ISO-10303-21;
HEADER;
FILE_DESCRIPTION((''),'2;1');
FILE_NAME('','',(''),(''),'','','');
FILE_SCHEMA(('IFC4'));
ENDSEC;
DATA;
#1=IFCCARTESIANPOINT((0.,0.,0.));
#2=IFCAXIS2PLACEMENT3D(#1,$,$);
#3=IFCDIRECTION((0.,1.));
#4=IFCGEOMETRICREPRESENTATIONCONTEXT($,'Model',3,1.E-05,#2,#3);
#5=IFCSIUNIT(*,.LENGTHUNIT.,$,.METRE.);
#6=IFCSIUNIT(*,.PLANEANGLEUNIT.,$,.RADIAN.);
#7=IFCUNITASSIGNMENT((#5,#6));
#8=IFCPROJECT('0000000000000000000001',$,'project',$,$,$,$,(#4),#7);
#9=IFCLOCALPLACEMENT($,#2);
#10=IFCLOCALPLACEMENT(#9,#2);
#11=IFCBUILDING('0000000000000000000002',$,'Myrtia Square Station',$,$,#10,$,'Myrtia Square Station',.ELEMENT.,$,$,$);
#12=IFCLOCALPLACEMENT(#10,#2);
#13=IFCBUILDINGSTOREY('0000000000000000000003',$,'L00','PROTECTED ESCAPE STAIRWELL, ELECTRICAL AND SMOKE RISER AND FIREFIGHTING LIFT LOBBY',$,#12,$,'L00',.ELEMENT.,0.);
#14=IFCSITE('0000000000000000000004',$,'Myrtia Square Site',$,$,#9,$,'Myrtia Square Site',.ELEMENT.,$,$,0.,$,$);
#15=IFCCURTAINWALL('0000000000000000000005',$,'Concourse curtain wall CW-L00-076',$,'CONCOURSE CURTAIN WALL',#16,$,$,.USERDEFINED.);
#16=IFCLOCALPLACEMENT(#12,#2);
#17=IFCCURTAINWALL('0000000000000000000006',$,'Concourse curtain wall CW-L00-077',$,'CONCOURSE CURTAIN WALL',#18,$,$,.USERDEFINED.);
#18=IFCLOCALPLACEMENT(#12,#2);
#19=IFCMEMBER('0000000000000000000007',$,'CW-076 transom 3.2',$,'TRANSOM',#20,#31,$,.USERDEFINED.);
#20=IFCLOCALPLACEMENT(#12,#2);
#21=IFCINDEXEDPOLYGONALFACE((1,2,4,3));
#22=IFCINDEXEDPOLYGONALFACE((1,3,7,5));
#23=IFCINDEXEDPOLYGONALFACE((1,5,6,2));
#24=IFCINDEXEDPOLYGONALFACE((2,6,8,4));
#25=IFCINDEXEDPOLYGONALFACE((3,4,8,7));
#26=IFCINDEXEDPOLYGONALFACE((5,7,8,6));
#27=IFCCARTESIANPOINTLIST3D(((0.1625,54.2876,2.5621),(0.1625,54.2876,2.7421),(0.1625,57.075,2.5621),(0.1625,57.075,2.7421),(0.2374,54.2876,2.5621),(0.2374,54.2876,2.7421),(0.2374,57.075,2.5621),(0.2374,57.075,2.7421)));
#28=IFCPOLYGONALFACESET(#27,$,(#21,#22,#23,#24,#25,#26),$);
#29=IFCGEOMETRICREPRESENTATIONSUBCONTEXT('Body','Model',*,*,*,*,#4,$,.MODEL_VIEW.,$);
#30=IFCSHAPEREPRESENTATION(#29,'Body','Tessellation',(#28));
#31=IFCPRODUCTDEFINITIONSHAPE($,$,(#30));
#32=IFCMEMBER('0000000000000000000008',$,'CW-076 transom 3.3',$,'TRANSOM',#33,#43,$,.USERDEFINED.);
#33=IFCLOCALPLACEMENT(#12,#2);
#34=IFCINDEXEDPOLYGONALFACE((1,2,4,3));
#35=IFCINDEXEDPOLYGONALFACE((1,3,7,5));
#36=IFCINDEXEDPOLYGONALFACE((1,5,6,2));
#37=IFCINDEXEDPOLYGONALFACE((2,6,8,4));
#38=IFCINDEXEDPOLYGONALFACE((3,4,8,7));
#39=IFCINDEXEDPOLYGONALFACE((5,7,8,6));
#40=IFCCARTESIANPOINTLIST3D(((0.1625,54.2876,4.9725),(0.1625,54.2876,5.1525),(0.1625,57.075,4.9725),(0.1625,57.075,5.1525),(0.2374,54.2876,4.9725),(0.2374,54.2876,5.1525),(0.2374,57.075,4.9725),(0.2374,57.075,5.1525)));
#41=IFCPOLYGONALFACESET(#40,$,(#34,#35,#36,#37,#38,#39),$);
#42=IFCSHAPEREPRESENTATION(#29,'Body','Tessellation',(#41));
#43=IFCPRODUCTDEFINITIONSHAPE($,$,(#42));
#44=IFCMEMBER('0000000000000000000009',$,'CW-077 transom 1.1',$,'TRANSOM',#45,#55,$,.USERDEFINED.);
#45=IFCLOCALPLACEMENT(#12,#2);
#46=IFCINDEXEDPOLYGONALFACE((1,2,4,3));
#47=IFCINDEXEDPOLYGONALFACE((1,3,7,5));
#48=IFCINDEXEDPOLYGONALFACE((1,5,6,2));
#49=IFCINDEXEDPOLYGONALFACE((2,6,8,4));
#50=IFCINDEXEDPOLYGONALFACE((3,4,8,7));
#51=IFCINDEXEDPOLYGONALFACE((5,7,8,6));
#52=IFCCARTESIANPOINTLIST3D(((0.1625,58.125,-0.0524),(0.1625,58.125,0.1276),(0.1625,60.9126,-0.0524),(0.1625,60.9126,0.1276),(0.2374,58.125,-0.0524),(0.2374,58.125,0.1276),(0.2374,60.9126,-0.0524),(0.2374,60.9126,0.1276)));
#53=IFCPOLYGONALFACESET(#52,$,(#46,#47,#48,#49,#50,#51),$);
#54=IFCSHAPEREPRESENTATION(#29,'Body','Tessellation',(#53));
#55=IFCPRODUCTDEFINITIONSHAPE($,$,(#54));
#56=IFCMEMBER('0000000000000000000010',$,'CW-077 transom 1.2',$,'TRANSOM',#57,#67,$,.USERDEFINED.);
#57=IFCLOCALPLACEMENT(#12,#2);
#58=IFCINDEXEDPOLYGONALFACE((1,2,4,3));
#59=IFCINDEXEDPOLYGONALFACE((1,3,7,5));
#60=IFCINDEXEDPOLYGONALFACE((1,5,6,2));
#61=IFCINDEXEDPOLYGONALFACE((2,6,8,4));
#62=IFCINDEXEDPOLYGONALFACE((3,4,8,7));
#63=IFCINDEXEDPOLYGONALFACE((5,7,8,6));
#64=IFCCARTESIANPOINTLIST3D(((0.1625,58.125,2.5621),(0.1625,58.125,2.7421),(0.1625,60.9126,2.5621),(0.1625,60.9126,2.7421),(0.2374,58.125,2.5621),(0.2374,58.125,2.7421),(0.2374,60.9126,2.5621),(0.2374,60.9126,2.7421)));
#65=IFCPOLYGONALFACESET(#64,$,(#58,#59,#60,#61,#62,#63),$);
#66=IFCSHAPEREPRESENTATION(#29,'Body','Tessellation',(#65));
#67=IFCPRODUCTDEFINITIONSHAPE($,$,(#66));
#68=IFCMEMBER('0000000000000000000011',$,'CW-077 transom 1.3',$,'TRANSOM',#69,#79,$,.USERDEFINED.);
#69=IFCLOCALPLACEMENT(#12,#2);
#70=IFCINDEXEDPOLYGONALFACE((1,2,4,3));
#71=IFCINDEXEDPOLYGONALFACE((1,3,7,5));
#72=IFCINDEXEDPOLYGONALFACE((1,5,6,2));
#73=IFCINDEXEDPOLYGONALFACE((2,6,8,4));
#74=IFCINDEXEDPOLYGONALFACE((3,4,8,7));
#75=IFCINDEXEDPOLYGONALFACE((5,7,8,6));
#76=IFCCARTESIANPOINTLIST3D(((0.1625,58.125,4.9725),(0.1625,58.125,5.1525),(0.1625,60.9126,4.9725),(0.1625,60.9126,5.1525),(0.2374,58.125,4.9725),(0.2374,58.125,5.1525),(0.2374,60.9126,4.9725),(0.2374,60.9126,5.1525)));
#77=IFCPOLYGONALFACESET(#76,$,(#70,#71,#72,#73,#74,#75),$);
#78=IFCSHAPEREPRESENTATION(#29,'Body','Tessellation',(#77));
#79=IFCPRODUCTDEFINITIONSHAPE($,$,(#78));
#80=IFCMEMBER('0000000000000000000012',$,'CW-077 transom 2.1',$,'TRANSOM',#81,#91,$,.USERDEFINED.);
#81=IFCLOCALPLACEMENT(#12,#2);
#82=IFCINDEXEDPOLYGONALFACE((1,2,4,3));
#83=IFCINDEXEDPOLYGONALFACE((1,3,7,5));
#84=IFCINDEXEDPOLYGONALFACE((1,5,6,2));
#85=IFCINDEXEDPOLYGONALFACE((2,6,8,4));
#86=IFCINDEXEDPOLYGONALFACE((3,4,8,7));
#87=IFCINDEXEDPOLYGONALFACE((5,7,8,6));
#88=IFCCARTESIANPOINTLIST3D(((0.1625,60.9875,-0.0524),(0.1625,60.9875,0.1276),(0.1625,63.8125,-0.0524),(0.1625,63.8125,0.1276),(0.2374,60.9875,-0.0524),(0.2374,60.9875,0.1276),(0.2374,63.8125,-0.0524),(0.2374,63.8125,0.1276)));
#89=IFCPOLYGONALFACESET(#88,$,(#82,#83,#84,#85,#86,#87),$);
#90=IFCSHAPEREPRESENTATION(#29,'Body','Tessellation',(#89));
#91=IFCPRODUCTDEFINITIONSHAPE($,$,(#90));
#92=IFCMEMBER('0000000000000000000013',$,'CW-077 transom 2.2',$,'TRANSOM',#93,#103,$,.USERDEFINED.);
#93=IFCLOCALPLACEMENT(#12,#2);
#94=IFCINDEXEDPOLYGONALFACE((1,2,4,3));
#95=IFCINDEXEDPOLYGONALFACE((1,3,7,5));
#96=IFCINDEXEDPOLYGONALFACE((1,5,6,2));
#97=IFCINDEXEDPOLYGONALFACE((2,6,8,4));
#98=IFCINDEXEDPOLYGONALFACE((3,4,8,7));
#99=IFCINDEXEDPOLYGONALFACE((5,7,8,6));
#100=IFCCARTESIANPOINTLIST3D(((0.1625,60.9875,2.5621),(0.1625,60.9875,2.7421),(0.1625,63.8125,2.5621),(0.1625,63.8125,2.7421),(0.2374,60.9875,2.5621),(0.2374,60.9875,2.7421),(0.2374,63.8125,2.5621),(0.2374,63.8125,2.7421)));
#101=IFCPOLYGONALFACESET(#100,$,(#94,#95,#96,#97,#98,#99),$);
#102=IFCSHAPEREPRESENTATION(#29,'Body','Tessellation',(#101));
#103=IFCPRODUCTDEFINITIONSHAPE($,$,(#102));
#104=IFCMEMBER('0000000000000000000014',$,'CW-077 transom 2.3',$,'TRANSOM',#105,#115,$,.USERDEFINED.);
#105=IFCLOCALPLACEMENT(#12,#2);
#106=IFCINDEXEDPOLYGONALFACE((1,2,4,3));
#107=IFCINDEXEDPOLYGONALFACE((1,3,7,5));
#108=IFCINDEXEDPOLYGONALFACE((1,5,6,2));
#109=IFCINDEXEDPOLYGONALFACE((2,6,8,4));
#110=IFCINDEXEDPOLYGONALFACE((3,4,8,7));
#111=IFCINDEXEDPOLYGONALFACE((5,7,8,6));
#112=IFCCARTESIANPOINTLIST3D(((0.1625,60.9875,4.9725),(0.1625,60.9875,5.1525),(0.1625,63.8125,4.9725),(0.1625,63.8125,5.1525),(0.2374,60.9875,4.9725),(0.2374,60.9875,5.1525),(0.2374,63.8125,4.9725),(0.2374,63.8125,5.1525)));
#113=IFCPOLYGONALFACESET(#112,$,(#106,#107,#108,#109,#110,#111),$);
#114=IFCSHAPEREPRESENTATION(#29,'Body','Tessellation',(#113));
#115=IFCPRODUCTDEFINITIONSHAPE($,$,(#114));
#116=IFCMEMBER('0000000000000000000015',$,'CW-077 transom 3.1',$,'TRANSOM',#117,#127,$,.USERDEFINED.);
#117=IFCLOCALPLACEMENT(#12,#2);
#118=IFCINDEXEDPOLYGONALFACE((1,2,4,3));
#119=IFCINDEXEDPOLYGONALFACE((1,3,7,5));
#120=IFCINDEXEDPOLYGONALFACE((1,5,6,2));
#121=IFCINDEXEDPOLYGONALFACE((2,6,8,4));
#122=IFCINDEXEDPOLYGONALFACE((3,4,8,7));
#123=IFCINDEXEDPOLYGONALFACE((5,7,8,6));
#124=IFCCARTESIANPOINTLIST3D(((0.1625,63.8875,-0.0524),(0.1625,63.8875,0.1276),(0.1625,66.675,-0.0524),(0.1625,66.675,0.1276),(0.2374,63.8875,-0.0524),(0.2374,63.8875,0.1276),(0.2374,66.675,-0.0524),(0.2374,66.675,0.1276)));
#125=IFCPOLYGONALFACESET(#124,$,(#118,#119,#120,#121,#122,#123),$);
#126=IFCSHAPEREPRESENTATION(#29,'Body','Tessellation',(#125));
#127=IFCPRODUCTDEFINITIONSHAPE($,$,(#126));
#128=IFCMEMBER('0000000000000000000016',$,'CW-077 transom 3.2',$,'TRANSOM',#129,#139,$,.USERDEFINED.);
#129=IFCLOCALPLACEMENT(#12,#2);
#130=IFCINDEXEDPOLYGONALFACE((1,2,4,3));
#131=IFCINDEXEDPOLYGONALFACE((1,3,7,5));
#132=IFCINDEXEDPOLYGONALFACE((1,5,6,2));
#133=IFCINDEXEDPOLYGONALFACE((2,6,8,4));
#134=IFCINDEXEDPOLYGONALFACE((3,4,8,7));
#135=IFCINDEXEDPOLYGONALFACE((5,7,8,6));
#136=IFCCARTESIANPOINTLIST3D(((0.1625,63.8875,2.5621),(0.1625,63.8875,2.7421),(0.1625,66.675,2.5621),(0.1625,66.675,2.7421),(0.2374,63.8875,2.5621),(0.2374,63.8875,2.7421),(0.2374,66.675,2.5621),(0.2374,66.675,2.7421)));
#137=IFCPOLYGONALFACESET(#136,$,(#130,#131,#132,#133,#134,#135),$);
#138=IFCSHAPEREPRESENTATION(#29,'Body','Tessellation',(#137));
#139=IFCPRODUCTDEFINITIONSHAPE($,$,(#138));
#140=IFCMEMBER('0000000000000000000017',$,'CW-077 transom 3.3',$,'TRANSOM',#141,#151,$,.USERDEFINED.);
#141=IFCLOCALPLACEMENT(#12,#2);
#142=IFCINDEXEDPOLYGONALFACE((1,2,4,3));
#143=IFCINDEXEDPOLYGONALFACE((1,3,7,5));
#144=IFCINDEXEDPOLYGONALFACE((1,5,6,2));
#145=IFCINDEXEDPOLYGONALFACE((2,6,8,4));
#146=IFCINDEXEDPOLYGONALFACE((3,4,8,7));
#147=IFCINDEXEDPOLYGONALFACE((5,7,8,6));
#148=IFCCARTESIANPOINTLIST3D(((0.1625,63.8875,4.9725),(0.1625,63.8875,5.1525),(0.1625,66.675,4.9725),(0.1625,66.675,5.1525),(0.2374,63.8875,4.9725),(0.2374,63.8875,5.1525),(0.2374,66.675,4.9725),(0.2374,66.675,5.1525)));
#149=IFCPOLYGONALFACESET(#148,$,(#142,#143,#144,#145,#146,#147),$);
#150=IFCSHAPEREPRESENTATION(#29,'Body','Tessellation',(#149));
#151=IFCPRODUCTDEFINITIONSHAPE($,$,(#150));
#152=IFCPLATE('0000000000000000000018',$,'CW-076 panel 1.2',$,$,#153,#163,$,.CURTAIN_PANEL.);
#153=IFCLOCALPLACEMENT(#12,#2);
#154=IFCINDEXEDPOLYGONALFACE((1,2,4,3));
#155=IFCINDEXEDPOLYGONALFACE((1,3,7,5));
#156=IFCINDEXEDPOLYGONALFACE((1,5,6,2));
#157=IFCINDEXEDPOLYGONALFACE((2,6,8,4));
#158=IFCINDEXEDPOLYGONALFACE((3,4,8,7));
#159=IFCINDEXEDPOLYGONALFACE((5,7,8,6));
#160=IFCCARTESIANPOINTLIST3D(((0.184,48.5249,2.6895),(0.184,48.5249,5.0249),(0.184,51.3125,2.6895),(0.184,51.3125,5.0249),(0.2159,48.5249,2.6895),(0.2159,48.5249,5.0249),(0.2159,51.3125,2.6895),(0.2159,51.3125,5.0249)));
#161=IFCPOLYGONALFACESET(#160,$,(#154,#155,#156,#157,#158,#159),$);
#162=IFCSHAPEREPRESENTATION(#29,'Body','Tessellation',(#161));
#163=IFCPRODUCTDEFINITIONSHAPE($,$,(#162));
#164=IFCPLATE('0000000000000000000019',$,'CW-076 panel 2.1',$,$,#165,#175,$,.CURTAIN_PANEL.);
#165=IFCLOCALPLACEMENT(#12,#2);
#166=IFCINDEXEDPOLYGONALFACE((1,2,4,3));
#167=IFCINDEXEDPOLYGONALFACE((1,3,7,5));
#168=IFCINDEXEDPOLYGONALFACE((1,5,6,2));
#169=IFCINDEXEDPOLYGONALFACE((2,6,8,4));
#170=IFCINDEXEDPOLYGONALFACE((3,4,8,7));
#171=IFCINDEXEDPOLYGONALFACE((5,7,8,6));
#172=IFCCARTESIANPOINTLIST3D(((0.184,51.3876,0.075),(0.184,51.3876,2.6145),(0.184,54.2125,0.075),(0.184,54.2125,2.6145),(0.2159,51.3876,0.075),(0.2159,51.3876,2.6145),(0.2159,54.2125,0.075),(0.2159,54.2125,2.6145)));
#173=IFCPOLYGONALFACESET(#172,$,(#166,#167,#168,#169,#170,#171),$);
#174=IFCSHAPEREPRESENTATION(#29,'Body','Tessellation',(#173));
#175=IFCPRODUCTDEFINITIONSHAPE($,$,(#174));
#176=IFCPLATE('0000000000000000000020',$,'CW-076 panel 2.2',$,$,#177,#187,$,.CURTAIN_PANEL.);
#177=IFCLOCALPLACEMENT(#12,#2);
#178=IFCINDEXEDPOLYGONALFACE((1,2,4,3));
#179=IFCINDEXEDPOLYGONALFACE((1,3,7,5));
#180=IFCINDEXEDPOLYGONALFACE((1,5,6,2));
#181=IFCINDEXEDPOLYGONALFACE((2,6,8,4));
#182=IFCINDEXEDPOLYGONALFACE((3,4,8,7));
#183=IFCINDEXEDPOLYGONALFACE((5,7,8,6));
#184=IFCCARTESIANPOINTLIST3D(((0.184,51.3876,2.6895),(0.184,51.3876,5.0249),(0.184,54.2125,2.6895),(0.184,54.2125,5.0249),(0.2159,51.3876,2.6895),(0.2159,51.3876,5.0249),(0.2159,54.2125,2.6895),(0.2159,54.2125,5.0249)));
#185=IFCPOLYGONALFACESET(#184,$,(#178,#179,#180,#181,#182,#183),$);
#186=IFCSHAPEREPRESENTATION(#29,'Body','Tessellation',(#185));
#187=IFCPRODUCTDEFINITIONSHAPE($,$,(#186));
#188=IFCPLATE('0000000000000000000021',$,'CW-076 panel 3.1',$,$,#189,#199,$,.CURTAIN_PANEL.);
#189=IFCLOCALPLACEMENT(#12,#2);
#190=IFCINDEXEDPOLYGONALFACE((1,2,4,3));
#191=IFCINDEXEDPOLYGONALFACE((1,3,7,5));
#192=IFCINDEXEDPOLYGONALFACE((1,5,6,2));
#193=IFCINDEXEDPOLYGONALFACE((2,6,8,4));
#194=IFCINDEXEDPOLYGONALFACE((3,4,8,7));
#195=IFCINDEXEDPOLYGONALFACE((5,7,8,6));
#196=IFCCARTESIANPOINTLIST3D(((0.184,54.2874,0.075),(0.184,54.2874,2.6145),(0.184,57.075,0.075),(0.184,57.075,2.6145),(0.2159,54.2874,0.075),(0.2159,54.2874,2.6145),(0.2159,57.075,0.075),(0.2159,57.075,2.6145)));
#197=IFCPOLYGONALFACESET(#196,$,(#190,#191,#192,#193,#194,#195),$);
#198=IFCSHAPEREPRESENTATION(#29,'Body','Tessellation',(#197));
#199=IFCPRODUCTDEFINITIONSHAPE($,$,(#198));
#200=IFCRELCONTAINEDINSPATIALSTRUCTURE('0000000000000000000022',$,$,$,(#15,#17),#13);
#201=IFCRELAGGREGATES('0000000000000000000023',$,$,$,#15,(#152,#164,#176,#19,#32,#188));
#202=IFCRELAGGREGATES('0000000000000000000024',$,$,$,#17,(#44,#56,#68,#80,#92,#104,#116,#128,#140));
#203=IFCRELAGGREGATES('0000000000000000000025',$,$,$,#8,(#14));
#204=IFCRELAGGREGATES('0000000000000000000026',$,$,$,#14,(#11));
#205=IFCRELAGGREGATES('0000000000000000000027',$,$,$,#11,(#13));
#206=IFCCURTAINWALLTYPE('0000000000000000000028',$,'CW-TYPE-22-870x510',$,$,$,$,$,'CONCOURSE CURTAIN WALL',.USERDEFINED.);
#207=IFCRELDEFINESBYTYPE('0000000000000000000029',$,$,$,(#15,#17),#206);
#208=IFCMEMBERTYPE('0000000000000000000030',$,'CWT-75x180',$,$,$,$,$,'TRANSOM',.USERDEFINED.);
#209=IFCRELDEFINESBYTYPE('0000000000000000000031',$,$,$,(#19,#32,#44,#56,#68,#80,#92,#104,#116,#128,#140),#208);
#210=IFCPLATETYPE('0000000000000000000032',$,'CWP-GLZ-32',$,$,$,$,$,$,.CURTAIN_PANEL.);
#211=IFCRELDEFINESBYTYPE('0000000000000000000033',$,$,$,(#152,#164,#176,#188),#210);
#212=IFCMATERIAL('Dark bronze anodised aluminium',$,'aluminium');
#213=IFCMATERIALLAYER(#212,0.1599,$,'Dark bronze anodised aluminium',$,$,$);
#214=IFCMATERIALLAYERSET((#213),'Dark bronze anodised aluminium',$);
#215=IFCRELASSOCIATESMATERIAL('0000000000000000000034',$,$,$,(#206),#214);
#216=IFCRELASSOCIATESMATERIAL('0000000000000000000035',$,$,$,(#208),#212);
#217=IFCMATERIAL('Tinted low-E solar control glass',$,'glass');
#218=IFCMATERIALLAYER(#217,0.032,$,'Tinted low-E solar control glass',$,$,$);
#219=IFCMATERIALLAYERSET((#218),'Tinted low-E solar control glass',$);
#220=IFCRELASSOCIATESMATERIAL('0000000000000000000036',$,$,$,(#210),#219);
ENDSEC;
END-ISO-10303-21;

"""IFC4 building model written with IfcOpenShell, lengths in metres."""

from ifc_helpers import new_model, si_unit, direction, frame, origin, origin_2d, place, context, subcontext, project, spatial, rectangle, extrude, material, layer, layer_set, material_profile, profile_set, type_object, element, aggregate, save


model = new_model("IFC4")

# Units and contexts
model_context = context("Model", 3, precision=1e-05, world=origin(), true_north=direction((0.0, 1.0)))
body_context = subcontext(model_context, "Body", "Model", "MODEL_VIEW")
ifc_project = project(units=[si_unit("LENGTHUNIT", "METRE"), si_unit("PLANEANGLEUNIT", "RADIAN")], contexts=[model_context])

# Site, building, storey
site_placement = place(None, origin())
site = spatial("IfcSite", under=ifc_project, at=site_placement, Name="Myrtia Square Site", LongName="Myrtia Square Site", CompositionType="ELEMENT", RefElevation=0.0)
building_placement = place(site_placement, origin())
building = spatial("IfcBuilding", under=site, at=building_placement, Name="Myrtia Square Station", LongName="Myrtia Square Station", CompositionType="ELEMENT")
storey_placement = place(building_placement, origin())
storey = spatial("IfcBuildingStorey", under=building, at=storey_placement, Name="L00", Description="PROTECTED ESCAPE STAIRWELL, ELECTRICAL AND SMOKE RISER AND FIREFIGHTING LIFT LOBBY", LongName="L00", CompositionType="ELEMENT", Elevation=0.0)

# Curtain walls
ifc_material_1 = material(Name="Dark bronze anodised aluminium", Category="aluminium")
ifc_layer_1 = layer(ifc_material_1, 0.1599, Name="Dark bronze anodised aluminium")
ifc_layer_set_1 = layer_set([ifc_layer_1], Name="Dark bronze anodised aluminium")
curtain_wall_type = type_object("IfcCurtainWallType", Name="CW-TYPE-22-870x510", ElementType="CONCOURSE CURTAIN WALL", PredefinedType="USERDEFINED", material=ifc_layer_set_1)
curtain_wall_1_placement = place(storey_placement, origin())
curtain_wall_1 = element("IfcCurtainWall", 1, at=curtain_wall_1_placement, inside=storey, type_object=curtain_wall_type, Name="Concourse curtain wall CW-L00-076", ObjectType="CONCOURSE CURTAIN WALL", PredefinedType="USERDEFINED")
curtain_wall_2_placement = place(storey_placement, origin())
curtain_wall_2 = element("IfcCurtainWall", 2, at=curtain_wall_2_placement, inside=storey, type_object=curtain_wall_type, Name="Concourse curtain wall CW-L00-077", ObjectType="CONCOURSE CURTAIN WALL", PredefinedType="USERDEFINED")

# Members
ifc_material_profile_1 = material_profile(ifc_material_1, rectangle(XDim=0.075, YDim=0.1799, at=origin_2d()), Name="ALU-T 75x180")
ifc_profile_set_1 = profile_set([ifc_material_profile_1], Name="Dark bronze anodised aluminium")
member_type_1 = type_object("IfcMemberType", Name="CWT-75x180", ElementType="TRANSOM", PredefinedType="USERDEFINED", material=ifc_profile_set_1)
member_1_placement = place(storey_placement, frame((0.2, 54.2876, 2.6521), z_axis=(0.0, 1.0, 0.0), x_axis=(-1.0, 0.0, 0.0)))
member_1 = element("IfcMember", 3, at=member_1_placement, type_object=member_type_1, Name="CW-076 transom 3.2", ObjectType="TRANSOM", PredefinedType="USERDEFINED", context=body_context, shape_type="SweptSolid", body=[
    extrude(rectangle(XDim=0.075, YDim=0.1799, at=origin_2d()), origin(), (0.0, 0.0, 1.0), 2.7874),
])
member_2_placement = place(storey_placement, frame((0.2, 54.2876, 5.0625), z_axis=(0.0, 1.0, 0.0), x_axis=(-1.0, 0.0, 0.0)))
member_2 = element("IfcMember", 4, at=member_2_placement, type_object=member_type_1, Name="CW-076 transom 3.3", ObjectType="TRANSOM", PredefinedType="USERDEFINED", context=body_context, shape_type="SweptSolid", body=[
    extrude(rectangle(XDim=0.075, YDim=0.1799, at=origin_2d()), origin(), (0.0, 0.0, 1.0), 2.7874),
])
member_3_placement = place(storey_placement, frame((0.2, 58.125, 0.0376), z_axis=(0.0, 1.0, 0.0), x_axis=(-1.0, 0.0, 0.0)))
member_3 = element("IfcMember", 5, at=member_3_placement, type_object=member_type_1, Name="CW-077 transom 1.1", ObjectType="TRANSOM", PredefinedType="USERDEFINED", context=body_context, shape_type="SweptSolid", body=[
    extrude(rectangle(XDim=0.075, YDim=0.1799, at=origin_2d()), origin(), (0.0, 0.0, 1.0), 2.7876),
])
member_4_placement = place(storey_placement, frame((0.2, 58.125, 2.6521), z_axis=(0.0, 1.0, 0.0), x_axis=(-1.0, 0.0, 0.0)))
member_4 = element("IfcMember", 6, at=member_4_placement, type_object=member_type_1, Name="CW-077 transom 1.2", ObjectType="TRANSOM", PredefinedType="USERDEFINED", context=body_context, shape_type="SweptSolid", body=[
    extrude(rectangle(XDim=0.075, YDim=0.1799, at=origin_2d()), origin(), (0.0, 0.0, 1.0), 2.7876),
])
member_5_placement = place(storey_placement, frame((0.2, 58.125, 5.0625), z_axis=(0.0, 1.0, 0.0), x_axis=(-1.0, 0.0, 0.0)))
member_5 = element("IfcMember", 7, at=member_5_placement, type_object=member_type_1, Name="CW-077 transom 1.3", ObjectType="TRANSOM", PredefinedType="USERDEFINED", context=body_context, shape_type="SweptSolid", body=[
    extrude(rectangle(XDim=0.075, YDim=0.1799, at=origin_2d()), origin(), (0.0, 0.0, 1.0), 2.7876),
])
member_6_placement = place(storey_placement, frame((0.2, 60.9875, 0.0376), z_axis=(0.0, 1.0, 0.0), x_axis=(-1.0, 0.0, 0.0)))
member_6 = element("IfcMember", 8, at=member_6_placement, type_object=member_type_1, Name="CW-077 transom 2.1", ObjectType="TRANSOM", PredefinedType="USERDEFINED", context=body_context, shape_type="SweptSolid", body=[
    extrude(rectangle(XDim=0.075, YDim=0.1799, at=origin_2d()), origin(), (0.0, 0.0, 1.0), 2.825),
])
member_7_placement = place(storey_placement, frame((0.2, 60.9875, 2.6521), z_axis=(0.0, 1.0, 0.0), x_axis=(-1.0, 0.0, 0.0)))
member_7 = element("IfcMember", 9, at=member_7_placement, type_object=member_type_1, Name="CW-077 transom 2.2", ObjectType="TRANSOM", PredefinedType="USERDEFINED", context=body_context, shape_type="SweptSolid", body=[
    extrude(rectangle(XDim=0.075, YDim=0.1799, at=origin_2d()), origin(), (0.0, 0.0, 1.0), 2.825),
])
member_8_placement = place(storey_placement, frame((0.2, 60.9875, 5.0625), z_axis=(0.0, 1.0, 0.0), x_axis=(-1.0, 0.0, 0.0)))
member_8 = element("IfcMember", 10, at=member_8_placement, type_object=member_type_1, Name="CW-077 transom 2.3", ObjectType="TRANSOM", PredefinedType="USERDEFINED", context=body_context, shape_type="SweptSolid", body=[
    extrude(rectangle(XDim=0.075, YDim=0.1799, at=origin_2d()), origin(), (0.0, 0.0, 1.0), 2.825),
])
member_9_placement = place(storey_placement, frame((0.2, 63.8875, 0.0376), z_axis=(0.0, 1.0, 0.0), x_axis=(-1.0, 0.0, 0.0)))
member_9 = element("IfcMember", 11, at=member_9_placement, type_object=member_type_1, Name="CW-077 transom 3.1", ObjectType="TRANSOM", PredefinedType="USERDEFINED", context=body_context, shape_type="SweptSolid", body=[
    extrude(rectangle(XDim=0.075, YDim=0.1799, at=origin_2d()), origin(), (0.0, 0.0, 1.0), 2.7876),
])
member_10_placement = place(storey_placement, frame((0.2, 63.8875, 2.6521), z_axis=(0.0, 1.0, 0.0), x_axis=(-1.0, 0.0, 0.0)))
member_10 = element("IfcMember", 12, at=member_10_placement, type_object=member_type_1, Name="CW-077 transom 3.2", ObjectType="TRANSOM", PredefinedType="USERDEFINED", context=body_context, shape_type="SweptSolid", body=[
    extrude(rectangle(XDim=0.075, YDim=0.1799, at=origin_2d()), origin(), (0.0, 0.0, 1.0), 2.7876),
])
member_11_placement = place(storey_placement, frame((0.2, 63.8875, 5.0625), z_axis=(0.0, 1.0, 0.0), x_axis=(-1.0, 0.0, 0.0)))
member_11 = element("IfcMember", 13, at=member_11_placement, type_object=member_type_1, Name="CW-077 transom 3.3", ObjectType="TRANSOM", PredefinedType="USERDEFINED", context=body_context, shape_type="SweptSolid", body=[
    extrude(rectangle(XDim=0.075, YDim=0.1799, at=origin_2d()), origin(), (0.0, 0.0, 1.0), 2.7876),
])

# Plates
ifc_material_2 = material(Name="Tinted low-E solar control glass", Category="glass")
ifc_layer_2 = layer(ifc_material_2, 0.032, Name="Tinted low-E solar control glass")
ifc_layer_set_2 = layer_set([ifc_layer_2], Name="Tinted low-E solar control glass")
plate_type_1 = type_object("IfcPlateType", Name="CWP-GLZ-32", PredefinedType="CURTAIN_PANEL", material=ifc_layer_set_2)
plate_1_placement = place(storey_placement, frame((0.2, 49.9187, 2.6895), z_axis=(0.0, 0.0, 1.0), x_axis=(0.0, 1.0, 0.0)))
plate_1 = element("IfcPlate", 14, at=plate_1_placement, type_object=plate_type_1, Name="CW-076 panel 1.2", PredefinedType="CURTAIN_PANEL", context=body_context, shape_type="SweptSolid", body=[
    extrude(rectangle(XDim=2.7876, YDim=0.032, at=origin_2d()), origin(), (0.0, 0.0, 1.0), 2.3354),
])
plate_2_placement = place(storey_placement, frame((0.2, 52.8, 0.075), z_axis=(0.0, 0.0, 1.0), x_axis=(0.0, 1.0, 0.0)))
plate_2 = element("IfcPlate", 15, at=plate_2_placement, type_object=plate_type_1, Name="CW-076 panel 2.1", PredefinedType="CURTAIN_PANEL", context=body_context, shape_type="SweptSolid", body=[
    extrude(rectangle(XDim=2.825, YDim=0.032, at=origin_2d()), origin(), (0.0, 0.0, 1.0), 2.5396),
])
plate_3_placement = place(storey_placement, frame((0.2, 52.8, 2.6895), z_axis=(0.0, 0.0, 1.0), x_axis=(0.0, 1.0, 0.0)))
plate_3 = element("IfcPlate", 16, at=plate_3_placement, type_object=plate_type_1, Name="CW-076 panel 2.2", PredefinedType="CURTAIN_PANEL", context=body_context, shape_type="SweptSolid", body=[
    extrude(rectangle(XDim=2.825, YDim=0.032, at=origin_2d()), origin(), (0.0, 0.0, 1.0), 2.3354),
])
plate_4_placement = place(storey_placement, frame((0.2, 55.6812, 0.075), z_axis=(0.0, 0.0, 1.0), x_axis=(0.0, 1.0, 0.0)))
plate_4 = element("IfcPlate", 17, at=plate_4_placement, type_object=plate_type_1, Name="CW-076 panel 3.1", PredefinedType="CURTAIN_PANEL", context=body_context, shape_type="SweptSolid", body=[
    extrude(rectangle(XDim=2.7876, YDim=0.032, at=origin_2d()), origin(), (0.0, 0.0, 1.0), 2.5396),
])
aggregate(curtain_wall_1, [plate_1, plate_2, plate_3, member_1, member_2, plate_4])
aggregate(curtain_wall_2, [member_3, member_4, member_5, member_6, member_7, member_8, member_9, member_10, member_11])

save(model, "model.ifc")
